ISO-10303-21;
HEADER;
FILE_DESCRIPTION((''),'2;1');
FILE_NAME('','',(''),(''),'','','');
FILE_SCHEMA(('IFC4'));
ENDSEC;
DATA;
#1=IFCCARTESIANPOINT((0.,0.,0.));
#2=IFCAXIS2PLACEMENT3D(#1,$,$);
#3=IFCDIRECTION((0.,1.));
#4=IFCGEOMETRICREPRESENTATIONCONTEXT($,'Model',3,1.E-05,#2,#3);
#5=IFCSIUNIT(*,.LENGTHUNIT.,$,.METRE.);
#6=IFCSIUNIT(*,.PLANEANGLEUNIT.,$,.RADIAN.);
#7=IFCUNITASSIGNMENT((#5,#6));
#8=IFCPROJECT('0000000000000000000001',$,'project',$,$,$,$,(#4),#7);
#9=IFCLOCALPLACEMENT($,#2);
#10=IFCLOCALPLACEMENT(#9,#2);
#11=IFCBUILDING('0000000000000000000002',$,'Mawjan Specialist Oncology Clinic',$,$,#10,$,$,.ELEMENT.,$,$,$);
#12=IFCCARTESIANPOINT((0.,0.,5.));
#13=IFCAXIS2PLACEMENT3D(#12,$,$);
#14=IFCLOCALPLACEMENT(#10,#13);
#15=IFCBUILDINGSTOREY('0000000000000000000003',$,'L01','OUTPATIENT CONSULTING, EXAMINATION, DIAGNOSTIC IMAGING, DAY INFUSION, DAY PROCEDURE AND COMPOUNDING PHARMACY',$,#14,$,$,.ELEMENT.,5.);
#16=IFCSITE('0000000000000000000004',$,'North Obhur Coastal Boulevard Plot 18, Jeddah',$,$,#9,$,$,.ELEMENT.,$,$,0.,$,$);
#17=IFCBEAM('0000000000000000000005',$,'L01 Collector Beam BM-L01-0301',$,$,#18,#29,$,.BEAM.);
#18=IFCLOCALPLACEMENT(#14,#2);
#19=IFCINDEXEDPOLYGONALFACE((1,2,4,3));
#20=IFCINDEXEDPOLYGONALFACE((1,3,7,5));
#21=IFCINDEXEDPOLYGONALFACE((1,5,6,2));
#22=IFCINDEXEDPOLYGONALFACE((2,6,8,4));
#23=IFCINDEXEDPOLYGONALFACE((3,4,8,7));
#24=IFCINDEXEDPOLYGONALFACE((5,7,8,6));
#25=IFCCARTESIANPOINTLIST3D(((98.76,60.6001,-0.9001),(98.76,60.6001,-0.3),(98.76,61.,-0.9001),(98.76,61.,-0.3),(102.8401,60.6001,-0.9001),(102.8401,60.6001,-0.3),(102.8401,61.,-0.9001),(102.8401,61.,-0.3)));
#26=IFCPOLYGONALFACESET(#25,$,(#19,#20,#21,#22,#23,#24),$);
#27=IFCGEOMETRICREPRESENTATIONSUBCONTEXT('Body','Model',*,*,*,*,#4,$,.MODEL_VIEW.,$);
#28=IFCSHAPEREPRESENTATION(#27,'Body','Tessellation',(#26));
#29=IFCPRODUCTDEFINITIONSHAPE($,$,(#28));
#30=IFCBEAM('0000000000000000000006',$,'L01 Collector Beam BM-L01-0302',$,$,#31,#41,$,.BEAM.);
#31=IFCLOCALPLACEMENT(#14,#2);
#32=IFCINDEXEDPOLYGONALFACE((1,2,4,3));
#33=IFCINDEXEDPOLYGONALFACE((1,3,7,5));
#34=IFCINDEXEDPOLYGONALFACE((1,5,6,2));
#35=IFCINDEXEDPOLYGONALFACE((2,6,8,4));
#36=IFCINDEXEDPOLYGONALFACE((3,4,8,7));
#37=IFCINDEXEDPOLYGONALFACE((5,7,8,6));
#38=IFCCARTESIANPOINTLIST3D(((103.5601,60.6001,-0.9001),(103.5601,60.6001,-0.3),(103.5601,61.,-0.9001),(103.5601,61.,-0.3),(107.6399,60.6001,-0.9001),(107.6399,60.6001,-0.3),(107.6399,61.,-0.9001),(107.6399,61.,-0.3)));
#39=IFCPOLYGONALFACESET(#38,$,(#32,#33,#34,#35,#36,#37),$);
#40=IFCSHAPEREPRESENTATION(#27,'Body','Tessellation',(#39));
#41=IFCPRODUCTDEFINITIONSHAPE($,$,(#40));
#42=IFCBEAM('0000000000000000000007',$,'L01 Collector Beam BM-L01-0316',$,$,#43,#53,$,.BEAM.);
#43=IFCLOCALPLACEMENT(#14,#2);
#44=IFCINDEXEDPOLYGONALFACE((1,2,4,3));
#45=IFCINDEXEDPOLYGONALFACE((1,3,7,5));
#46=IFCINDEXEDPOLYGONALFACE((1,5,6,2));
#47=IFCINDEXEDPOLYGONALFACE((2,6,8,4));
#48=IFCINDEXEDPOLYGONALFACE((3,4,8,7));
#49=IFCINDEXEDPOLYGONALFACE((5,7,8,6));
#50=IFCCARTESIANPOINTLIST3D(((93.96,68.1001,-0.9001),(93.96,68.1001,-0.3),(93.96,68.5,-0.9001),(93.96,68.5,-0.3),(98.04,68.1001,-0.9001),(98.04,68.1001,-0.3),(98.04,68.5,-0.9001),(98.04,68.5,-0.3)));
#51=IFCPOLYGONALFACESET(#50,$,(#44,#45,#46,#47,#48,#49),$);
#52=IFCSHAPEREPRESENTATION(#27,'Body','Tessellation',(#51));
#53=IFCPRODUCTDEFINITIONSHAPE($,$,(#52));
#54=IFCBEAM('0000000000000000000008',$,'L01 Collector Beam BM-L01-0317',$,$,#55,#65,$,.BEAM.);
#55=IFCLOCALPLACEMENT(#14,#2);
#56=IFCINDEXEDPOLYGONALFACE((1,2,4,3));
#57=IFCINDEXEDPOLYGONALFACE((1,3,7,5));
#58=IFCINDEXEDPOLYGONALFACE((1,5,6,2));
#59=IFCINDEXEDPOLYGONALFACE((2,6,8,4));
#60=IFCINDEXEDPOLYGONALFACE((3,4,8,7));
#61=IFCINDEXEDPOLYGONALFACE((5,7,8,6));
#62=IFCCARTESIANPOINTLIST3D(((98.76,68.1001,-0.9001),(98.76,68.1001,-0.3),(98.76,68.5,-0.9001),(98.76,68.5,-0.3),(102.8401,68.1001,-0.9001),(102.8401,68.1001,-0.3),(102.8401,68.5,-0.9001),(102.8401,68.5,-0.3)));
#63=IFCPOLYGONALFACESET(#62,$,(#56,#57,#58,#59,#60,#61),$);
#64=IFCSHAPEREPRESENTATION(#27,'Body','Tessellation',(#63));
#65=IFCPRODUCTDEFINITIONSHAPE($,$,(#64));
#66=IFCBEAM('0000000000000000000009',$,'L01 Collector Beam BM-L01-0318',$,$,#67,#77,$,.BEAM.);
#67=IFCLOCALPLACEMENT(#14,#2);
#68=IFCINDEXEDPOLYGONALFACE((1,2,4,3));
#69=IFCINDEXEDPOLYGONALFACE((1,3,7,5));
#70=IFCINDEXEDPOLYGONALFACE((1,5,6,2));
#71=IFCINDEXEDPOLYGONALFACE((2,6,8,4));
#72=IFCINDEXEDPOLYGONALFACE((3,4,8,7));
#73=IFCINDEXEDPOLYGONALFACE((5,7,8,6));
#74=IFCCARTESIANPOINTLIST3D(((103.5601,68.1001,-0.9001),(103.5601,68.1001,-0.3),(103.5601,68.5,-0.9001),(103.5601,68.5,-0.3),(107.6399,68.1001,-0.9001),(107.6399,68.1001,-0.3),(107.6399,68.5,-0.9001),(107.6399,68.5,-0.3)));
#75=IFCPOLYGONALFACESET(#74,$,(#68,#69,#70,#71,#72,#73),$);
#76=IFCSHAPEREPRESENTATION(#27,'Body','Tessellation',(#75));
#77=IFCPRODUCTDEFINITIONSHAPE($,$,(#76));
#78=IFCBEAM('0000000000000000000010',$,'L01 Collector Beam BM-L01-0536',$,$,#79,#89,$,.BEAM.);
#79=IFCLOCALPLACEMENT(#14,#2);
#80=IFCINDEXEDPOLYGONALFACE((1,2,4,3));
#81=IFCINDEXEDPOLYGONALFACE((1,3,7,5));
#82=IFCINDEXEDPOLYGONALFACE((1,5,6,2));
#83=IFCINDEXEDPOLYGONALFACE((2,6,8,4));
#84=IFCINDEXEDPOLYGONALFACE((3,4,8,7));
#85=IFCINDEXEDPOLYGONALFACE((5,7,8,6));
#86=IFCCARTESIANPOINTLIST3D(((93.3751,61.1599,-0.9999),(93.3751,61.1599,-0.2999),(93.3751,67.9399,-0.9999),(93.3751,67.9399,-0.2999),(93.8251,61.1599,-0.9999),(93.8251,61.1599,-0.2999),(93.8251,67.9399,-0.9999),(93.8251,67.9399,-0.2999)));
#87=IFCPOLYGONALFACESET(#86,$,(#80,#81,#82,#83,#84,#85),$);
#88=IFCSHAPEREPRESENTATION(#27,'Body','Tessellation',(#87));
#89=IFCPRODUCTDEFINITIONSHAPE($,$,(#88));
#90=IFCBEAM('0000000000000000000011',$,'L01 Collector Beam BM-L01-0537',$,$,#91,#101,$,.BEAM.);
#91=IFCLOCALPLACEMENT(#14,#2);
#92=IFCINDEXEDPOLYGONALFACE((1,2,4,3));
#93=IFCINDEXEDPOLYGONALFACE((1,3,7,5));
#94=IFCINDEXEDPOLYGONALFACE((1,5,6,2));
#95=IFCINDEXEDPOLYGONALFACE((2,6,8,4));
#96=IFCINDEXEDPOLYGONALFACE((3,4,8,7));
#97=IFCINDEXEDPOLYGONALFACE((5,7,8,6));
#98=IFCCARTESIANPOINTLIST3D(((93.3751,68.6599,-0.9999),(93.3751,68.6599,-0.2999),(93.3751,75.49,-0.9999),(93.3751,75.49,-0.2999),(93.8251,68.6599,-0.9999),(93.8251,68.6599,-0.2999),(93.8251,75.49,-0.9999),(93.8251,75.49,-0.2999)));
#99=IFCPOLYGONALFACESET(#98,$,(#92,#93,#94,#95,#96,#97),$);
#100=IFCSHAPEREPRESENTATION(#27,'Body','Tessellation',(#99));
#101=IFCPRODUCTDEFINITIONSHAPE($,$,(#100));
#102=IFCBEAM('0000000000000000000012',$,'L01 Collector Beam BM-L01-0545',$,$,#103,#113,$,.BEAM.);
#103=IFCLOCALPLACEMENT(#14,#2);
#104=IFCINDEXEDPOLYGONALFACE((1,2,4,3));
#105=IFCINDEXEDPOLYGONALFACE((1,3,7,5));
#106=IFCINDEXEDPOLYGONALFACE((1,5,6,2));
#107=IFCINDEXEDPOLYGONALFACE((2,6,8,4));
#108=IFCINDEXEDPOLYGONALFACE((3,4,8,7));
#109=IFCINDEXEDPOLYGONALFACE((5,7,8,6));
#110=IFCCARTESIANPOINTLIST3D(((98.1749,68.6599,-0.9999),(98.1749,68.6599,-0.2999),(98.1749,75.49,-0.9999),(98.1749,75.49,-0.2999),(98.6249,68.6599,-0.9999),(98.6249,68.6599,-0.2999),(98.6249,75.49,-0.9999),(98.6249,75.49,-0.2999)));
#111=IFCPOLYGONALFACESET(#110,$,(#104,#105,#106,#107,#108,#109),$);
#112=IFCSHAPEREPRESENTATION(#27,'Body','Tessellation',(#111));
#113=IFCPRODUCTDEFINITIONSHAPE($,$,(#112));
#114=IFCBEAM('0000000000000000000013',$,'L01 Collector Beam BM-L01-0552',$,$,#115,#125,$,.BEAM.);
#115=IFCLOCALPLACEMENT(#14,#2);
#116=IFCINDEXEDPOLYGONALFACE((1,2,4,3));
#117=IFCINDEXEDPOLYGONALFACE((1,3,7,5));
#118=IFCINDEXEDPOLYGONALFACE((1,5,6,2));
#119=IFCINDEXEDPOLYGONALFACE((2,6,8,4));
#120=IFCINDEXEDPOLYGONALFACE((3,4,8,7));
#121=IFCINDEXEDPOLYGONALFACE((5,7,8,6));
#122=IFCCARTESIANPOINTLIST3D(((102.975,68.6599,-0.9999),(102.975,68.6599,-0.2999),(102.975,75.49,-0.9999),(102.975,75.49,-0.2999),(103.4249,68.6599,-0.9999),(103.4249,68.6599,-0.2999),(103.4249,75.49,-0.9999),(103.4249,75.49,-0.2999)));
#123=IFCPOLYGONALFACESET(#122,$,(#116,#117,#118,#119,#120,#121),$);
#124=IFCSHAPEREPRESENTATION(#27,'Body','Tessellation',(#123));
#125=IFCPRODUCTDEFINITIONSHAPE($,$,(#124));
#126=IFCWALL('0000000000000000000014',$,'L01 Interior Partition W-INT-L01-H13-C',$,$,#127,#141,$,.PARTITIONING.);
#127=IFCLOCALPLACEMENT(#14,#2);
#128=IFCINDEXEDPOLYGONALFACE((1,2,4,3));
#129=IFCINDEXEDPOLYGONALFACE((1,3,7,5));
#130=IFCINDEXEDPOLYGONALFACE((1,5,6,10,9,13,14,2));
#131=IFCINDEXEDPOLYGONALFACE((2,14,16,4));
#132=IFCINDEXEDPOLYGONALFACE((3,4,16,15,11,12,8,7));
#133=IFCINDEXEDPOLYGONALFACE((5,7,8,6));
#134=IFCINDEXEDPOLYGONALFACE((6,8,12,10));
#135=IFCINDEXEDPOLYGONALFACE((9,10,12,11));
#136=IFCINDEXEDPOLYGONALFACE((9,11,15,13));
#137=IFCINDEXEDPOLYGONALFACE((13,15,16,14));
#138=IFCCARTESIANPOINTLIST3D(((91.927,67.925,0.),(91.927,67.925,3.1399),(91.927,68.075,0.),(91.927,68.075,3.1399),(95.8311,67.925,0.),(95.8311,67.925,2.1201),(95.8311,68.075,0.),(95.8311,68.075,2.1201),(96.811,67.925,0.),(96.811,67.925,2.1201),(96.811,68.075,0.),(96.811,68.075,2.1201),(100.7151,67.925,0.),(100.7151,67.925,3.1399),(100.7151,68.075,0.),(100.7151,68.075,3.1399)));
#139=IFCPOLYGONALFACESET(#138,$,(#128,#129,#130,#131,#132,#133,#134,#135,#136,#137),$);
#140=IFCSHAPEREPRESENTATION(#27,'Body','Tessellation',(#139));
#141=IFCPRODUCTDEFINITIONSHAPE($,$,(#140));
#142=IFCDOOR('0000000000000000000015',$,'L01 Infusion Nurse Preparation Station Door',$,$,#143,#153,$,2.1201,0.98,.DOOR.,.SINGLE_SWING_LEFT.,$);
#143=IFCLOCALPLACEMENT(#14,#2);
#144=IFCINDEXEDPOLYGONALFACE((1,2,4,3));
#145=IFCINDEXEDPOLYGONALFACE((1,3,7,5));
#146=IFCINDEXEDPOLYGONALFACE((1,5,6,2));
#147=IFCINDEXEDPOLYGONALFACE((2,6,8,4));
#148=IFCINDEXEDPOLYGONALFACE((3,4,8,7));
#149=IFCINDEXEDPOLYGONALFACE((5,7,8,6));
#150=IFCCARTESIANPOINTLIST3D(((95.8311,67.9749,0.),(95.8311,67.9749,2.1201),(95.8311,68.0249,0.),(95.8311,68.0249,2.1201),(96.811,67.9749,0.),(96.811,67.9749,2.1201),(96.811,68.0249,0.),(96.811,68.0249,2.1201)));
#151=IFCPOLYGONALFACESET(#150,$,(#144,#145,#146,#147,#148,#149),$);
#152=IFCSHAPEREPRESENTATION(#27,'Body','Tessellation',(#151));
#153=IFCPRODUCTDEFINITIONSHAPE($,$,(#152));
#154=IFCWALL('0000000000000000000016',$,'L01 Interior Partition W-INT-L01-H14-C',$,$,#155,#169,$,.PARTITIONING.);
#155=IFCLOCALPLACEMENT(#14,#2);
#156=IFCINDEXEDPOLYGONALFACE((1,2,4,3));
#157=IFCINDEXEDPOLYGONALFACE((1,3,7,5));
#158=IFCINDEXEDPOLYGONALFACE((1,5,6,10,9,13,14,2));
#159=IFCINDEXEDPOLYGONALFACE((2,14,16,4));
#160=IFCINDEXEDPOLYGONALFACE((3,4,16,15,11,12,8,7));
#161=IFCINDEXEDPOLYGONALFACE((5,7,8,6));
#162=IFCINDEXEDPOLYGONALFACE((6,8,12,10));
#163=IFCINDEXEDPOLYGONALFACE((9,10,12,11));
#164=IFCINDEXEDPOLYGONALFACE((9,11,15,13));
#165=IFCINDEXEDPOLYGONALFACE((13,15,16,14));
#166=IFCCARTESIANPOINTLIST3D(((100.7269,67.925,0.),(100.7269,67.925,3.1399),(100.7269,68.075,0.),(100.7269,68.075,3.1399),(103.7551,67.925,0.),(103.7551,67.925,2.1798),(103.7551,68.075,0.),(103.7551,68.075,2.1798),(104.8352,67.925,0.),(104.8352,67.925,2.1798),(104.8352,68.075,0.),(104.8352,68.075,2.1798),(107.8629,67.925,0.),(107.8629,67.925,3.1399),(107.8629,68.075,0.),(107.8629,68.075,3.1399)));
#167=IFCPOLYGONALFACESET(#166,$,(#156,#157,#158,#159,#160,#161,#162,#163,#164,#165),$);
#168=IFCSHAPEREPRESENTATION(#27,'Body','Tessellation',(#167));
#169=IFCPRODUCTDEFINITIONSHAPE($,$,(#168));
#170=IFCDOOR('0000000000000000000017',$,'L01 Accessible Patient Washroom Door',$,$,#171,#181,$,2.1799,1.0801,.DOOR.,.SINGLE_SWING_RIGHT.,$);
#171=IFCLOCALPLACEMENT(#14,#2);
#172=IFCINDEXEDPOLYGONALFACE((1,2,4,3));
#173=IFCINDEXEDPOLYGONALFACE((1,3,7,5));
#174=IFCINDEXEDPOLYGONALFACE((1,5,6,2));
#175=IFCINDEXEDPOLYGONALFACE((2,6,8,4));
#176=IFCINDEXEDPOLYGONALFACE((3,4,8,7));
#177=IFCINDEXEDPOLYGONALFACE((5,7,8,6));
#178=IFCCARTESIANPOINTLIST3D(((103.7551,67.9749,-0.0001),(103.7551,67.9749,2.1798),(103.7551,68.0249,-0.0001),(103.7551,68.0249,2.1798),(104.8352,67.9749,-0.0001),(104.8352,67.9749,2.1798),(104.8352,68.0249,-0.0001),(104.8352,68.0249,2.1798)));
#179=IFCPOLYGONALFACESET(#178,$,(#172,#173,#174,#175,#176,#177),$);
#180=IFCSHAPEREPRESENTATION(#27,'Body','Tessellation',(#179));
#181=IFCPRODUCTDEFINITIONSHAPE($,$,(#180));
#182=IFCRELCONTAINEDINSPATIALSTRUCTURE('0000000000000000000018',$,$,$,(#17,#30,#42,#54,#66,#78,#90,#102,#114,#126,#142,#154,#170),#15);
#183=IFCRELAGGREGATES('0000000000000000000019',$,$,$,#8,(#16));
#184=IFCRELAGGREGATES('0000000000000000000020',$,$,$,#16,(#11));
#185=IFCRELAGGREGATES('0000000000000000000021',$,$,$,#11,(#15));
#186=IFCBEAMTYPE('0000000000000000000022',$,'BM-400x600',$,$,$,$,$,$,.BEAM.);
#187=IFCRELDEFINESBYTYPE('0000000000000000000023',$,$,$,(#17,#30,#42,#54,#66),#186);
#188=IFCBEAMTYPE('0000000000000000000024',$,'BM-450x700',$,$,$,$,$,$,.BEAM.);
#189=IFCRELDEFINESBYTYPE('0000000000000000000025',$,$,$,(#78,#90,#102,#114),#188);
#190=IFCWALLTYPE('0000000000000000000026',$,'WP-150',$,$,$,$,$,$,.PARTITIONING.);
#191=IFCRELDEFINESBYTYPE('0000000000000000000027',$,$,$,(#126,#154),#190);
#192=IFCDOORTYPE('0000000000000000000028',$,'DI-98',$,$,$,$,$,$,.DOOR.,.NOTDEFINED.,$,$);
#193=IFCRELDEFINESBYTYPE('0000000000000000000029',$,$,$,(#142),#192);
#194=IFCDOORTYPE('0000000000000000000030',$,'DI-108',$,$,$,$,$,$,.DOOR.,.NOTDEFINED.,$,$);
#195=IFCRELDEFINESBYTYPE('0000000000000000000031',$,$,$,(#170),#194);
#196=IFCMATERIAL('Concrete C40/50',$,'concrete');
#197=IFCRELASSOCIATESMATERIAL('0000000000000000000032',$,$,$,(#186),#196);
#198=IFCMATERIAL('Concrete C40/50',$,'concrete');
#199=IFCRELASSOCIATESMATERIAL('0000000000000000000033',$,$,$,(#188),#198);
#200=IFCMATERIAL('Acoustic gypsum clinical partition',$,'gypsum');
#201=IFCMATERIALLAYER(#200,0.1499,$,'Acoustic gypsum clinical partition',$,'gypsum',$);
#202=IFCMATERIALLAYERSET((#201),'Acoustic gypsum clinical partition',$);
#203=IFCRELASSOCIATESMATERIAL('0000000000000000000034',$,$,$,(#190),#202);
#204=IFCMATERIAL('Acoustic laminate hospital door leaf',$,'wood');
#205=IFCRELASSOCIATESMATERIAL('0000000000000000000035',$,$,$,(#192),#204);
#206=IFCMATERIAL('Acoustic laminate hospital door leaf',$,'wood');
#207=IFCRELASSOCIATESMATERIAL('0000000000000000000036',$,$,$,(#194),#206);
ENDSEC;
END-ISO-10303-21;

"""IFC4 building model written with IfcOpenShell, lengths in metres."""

from ifc_helpers import new_model, si_unit, direction, frame, frame_2d, origin, origin_2d, place, context, subcontext, project, spatial, rectangle, extrude, material, layer, layer_set, material_profile, profile_set, type_object, element, fill, save


model = new_model("IFC4")

# Units and contexts
model_context = context("Model", 3, precision=1e-05, world=origin(), true_north=direction((0.0, 1.0)))
body_context = subcontext(model_context, "Body", "Model", "MODEL_VIEW")
ifc_project = project(units=[si_unit("LENGTHUNIT", "METRE"), si_unit("PLANEANGLEUNIT", "RADIAN")], contexts=[model_context])

# Site, building, storey
site_placement = place(None, origin())
site = spatial("IfcSite", under=ifc_project, at=site_placement, Name="North Obhur Coastal Boulevard Plot 18, Jeddah", CompositionType="ELEMENT", RefElevation=0.0)
building_placement = place(site_placement, origin())
building = spatial("IfcBuilding", under=site, at=building_placement, Name="Mawjan Specialist Oncology Clinic", CompositionType="ELEMENT")
storey_placement = place(building_placement, frame((0.0, 0.0, 5.0)))
storey = spatial("IfcBuildingStorey", under=building, at=storey_placement, Name="L01", Description="OUTPATIENT CONSULTING, EXAMINATION, DIAGNOSTIC IMAGING, DAY INFUSION, DAY PROCEDURE AND COMPOUNDING PHARMACY", CompositionType="ELEMENT", Elevation=5.0)

# Beams
ifc_material_1 = material(Name="Concrete C40/50", Category="concrete")
ifc_material_profile_1 = material_profile(ifc_material_1, rectangle(XDim=0.3999, YDim=0.6001, at=origin_2d()), Name="RC BM 400x600", Category="concrete")
ifc_profile_set_1 = profile_set([ifc_material_profile_1], Name="Concrete C40/50")
beam_type_1 = type_object("IfcBeamType", Name="BM-400x600", PredefinedType="BEAM", material=ifc_profile_set_1)
for number, where, z_axis, x_axis, name in (
    (1, (98.76, 60.8, -0.6001), (1.0, 0.0, 0.0), (0.0, 1.0, 0.0), "L01 Collector Beam BM-L01-0301"),
):
    element("IfcBeam", number, at=place(storey_placement, frame(where, z_axis=z_axis, x_axis=x_axis)), inside=storey, type_object=beam_type_1, Name=name, PredefinedType="BEAM", context=body_context, shape_type="SweptSolid", body=[
        extrude(rectangle(XDim=0.3999, YDim=0.6001, at=origin_2d()), origin(), (0.0, 0.0, 1.0), 4.0801),
    ])
beam_1_placement = place(storey_placement, frame((103.5601, 60.8, -0.6001), z_axis=(1.0, 0.0, 0.0), x_axis=(0.0, 1.0, 0.0)))
element("IfcBeam", 2, at=beam_1_placement, inside=storey, type_object=beam_type_1, Name="L01 Collector Beam BM-L01-0302", PredefinedType="BEAM", context=body_context, shape_type="SweptSolid", body=[
    extrude(rectangle(XDim=0.3999, YDim=0.6001, at=origin_2d()), origin(), (0.0, 0.0, 1.0), 4.0798),
])
for number, where, z_axis, x_axis, name in (
    (3, (93.96, 68.3, -0.6001), (1.0, 0.0, 0.0), (0.0, 1.0, 0.0), "L01 Collector Beam BM-L01-0316"),
    (4, (98.76, 68.3, -0.6001), (1.0, 0.0, 0.0), (0.0, 1.0, 0.0), "L01 Collector Beam BM-L01-0317"),
):
    element("IfcBeam", number, at=place(storey_placement, frame(where, z_axis=z_axis, x_axis=x_axis)), inside=storey, type_object=beam_type_1, Name=name, PredefinedType="BEAM", context=body_context, shape_type="SweptSolid", body=[
        extrude(rectangle(XDim=0.3999, YDim=0.6001, at=origin_2d()), origin(), (0.0, 0.0, 1.0), 4.0801),
    ])
beam_2_placement = place(storey_placement, frame((103.5601, 68.3, -0.6001), z_axis=(1.0, 0.0, 0.0), x_axis=(0.0, 1.0, 0.0)))
element("IfcBeam", 5, at=beam_2_placement, inside=storey, type_object=beam_type_1, Name="L01 Collector Beam BM-L01-0318", PredefinedType="BEAM", context=body_context, shape_type="SweptSolid", body=[
    extrude(rectangle(XDim=0.3999, YDim=0.6001, at=origin_2d()), origin(), (0.0, 0.0, 1.0), 4.0798),
])
ifc_material_2 = material(Name="Concrete C40/50", Category="concrete")
ifc_material_profile_2 = material_profile(ifc_material_2, rectangle(XDim=0.45, YDim=0.7, at=origin_2d()), Name="RC BM 450x700", Category="concrete")
ifc_profile_set_2 = profile_set([ifc_material_profile_2], Name="Concrete C40/50")
beam_type_2 = type_object("IfcBeamType", Name="BM-450x700", PredefinedType="BEAM", material=ifc_profile_set_2)
beam_3_placement = place(storey_placement, frame((93.6001, 61.1599, -0.6499), z_axis=(0.0, 1.0, 0.0), x_axis=(-1.0, 0.0, 0.0)))
element("IfcBeam", 6, at=beam_3_placement, inside=storey, type_object=beam_type_2, Name="L01 Collector Beam BM-L01-0536", PredefinedType="BEAM", context=body_context, shape_type="SweptSolid", body=[
    extrude(rectangle(XDim=0.45, YDim=0.7, at=origin_2d()), origin(), (0.0, 0.0, 1.0), 6.78),
])
for number, where, z_axis, x_axis, name in (
    (7, (93.6001, 68.6599, -0.6499), (0.0, 1.0, 0.0), (-1.0, 0.0, 0.0), "L01 Collector Beam BM-L01-0537"),
    (8, (98.3999, 68.6599, -0.6499), (0.0, 1.0, 0.0), (-1.0, 0.0, 0.0), "L01 Collector Beam BM-L01-0545"),
    (9, (103.2, 68.6599, -0.6499), (0.0, 1.0, 0.0), (-1.0, 0.0, 0.0), "L01 Collector Beam BM-L01-0552"),
):
    element("IfcBeam", number, at=place(storey_placement, frame(where, z_axis=z_axis, x_axis=x_axis)), inside=storey, type_object=beam_type_2, Name=name, PredefinedType="BEAM", context=body_context, shape_type="SweptSolid", body=[
        extrude(rectangle(XDim=0.45, YDim=0.7, at=origin_2d()), origin(), (0.0, 0.0, 1.0), 6.8301),
    ])

# Walls, openings, doors
ifc_material_3 = material(Name="Acoustic gypsum clinical partition", Category="gypsum")
ifc_layer_1 = layer(ifc_material_3, 0.1499, Name="Acoustic gypsum clinical partition", Category="gypsum")
ifc_layer_set_1 = layer_set([ifc_layer_1], Name="Acoustic gypsum clinical partition")
wall_type_1 = type_object("IfcWallType", Name="WP-150", PredefinedType="PARTITIONING", material=ifc_layer_set_1)
wall_1_placement = place(storey_placement, frame((91.927, 68.0, 0.0), z_axis=(0.0, 0.0, 1.0), x_axis=(1.0, 0.0, 0.0)))
wall_1 = element("IfcWall", 10, at=wall_1_placement, inside=storey, type_object=wall_type_1, Name="L01 Interior Partition W-INT-L01-H13-C", PredefinedType="PARTITIONING", context=body_context, shape_type="SweptSolid", body=[
    extrude(rectangle(XDim=8.7881, YDim=0.1499, at=frame_2d((4.394, 0.0))), origin(), (0.0, 0.0, 1.0), 3.1399),
])
opening_1_placement = place(wall_1_placement, frame((3.9041, 0.0, 0.0)))
opening_1 = element("IfcOpeningElement", 11, at=opening_1_placement, cuts=wall_1, PredefinedType="OPENING", context=body_context, shape_type="SweptSolid", body=[
    extrude(rectangle(XDim=0.98, YDim=2.1201, at=frame_2d((0.49, 1.0601))), frame((0.0, 0.0869, 0.0), z_axis=(0.0, -1.0, 0.0), x_axis=(1.0, 0.0, 0.0)), (0.0, 0.0, 1.0), 0.1738),
])
ifc_material_4 = material(Name="Acoustic laminate hospital door leaf", Category="wood")
door_type_1 = type_object("IfcDoorType", Name="DI-98", OperationType="NOTDEFINED", PredefinedType="DOOR", material=ifc_material_4)
door_1_placement = place(opening_1_placement, origin())
door_1 = element("IfcDoor", 12, at=door_1_placement, inside=storey, type_object=door_type_1, Name="L01 Infusion Nurse Preparation Station Door", OperationType="SINGLE_SWING_LEFT", OverallHeight=2.1201, OverallWidth=0.98, PredefinedType="DOOR", context=body_context, shape_type="SweptSolid", body=[
    extrude(rectangle(XDim=0.98, YDim=2.1201, at=frame_2d((0.49, 1.0601))), frame((0.0, 0.0249, 0.0), z_axis=(0.0, -1.0, 0.0), x_axis=(1.0, 0.0, 0.0)), (0.0, 0.0, 1.0), 0.05),
])
fill(opening_1, door_1)
wall_2_placement = place(storey_placement, frame((100.7271, 68.0, 0.0), z_axis=(0.0, 0.0, 1.0), x_axis=(1.0, 0.0, 0.0)))
wall_2 = element("IfcWall", 13, at=wall_2_placement, inside=storey, type_object=wall_type_1, Name="L01 Interior Partition W-INT-L01-H14-C", PredefinedType="PARTITIONING", context=body_context, shape_type="SweptSolid", body=[
    extrude(rectangle(XDim=7.136, YDim=0.1499, at=frame_2d((3.5679, 0.0))), origin(), (0.0, 0.0, 1.0), 3.1399),
])
opening_2_placement = place(wall_2_placement, frame((3.0281, 0.0, 0.0)))
opening_2 = element("IfcOpeningElement", 14, at=opening_2_placement, cuts=wall_2, PredefinedType="OPENING", context=body_context, shape_type="SweptSolid", body=[
    extrude(rectangle(XDim=1.0801, YDim=2.1799, at=frame_2d((0.54, 1.0898))), frame((0.0, 0.0869, 0.0), z_axis=(0.0, -1.0, 0.0), x_axis=(1.0, 0.0, 0.0)), (0.0, 0.0, 1.0), 0.1738),
])
ifc_material_5 = material(Name="Acoustic laminate hospital door leaf", Category="wood")
door_type_2 = type_object("IfcDoorType", Name="DI-108", OperationType="NOTDEFINED", PredefinedType="DOOR", material=ifc_material_5)
door_2_placement = place(opening_2_placement, origin())
door_2 = element("IfcDoor", 15, at=door_2_placement, inside=storey, type_object=door_type_2, Name="L01 Accessible Patient Washroom Door", OperationType="SINGLE_SWING_RIGHT", OverallHeight=2.1799, OverallWidth=1.0801, PredefinedType="DOOR", context=body_context, shape_type="SweptSolid", body=[
    extrude(rectangle(XDim=1.0801, YDim=2.1799, at=frame_2d((0.54, 1.0898))), frame((0.0, 0.0249, 0.0), z_axis=(0.0, -1.0, 0.0), x_axis=(1.0, 0.0, 0.0)), (0.0, 0.0, 1.0), 0.05),
])
fill(opening_2, door_2)

save(model, "model.ifc")
